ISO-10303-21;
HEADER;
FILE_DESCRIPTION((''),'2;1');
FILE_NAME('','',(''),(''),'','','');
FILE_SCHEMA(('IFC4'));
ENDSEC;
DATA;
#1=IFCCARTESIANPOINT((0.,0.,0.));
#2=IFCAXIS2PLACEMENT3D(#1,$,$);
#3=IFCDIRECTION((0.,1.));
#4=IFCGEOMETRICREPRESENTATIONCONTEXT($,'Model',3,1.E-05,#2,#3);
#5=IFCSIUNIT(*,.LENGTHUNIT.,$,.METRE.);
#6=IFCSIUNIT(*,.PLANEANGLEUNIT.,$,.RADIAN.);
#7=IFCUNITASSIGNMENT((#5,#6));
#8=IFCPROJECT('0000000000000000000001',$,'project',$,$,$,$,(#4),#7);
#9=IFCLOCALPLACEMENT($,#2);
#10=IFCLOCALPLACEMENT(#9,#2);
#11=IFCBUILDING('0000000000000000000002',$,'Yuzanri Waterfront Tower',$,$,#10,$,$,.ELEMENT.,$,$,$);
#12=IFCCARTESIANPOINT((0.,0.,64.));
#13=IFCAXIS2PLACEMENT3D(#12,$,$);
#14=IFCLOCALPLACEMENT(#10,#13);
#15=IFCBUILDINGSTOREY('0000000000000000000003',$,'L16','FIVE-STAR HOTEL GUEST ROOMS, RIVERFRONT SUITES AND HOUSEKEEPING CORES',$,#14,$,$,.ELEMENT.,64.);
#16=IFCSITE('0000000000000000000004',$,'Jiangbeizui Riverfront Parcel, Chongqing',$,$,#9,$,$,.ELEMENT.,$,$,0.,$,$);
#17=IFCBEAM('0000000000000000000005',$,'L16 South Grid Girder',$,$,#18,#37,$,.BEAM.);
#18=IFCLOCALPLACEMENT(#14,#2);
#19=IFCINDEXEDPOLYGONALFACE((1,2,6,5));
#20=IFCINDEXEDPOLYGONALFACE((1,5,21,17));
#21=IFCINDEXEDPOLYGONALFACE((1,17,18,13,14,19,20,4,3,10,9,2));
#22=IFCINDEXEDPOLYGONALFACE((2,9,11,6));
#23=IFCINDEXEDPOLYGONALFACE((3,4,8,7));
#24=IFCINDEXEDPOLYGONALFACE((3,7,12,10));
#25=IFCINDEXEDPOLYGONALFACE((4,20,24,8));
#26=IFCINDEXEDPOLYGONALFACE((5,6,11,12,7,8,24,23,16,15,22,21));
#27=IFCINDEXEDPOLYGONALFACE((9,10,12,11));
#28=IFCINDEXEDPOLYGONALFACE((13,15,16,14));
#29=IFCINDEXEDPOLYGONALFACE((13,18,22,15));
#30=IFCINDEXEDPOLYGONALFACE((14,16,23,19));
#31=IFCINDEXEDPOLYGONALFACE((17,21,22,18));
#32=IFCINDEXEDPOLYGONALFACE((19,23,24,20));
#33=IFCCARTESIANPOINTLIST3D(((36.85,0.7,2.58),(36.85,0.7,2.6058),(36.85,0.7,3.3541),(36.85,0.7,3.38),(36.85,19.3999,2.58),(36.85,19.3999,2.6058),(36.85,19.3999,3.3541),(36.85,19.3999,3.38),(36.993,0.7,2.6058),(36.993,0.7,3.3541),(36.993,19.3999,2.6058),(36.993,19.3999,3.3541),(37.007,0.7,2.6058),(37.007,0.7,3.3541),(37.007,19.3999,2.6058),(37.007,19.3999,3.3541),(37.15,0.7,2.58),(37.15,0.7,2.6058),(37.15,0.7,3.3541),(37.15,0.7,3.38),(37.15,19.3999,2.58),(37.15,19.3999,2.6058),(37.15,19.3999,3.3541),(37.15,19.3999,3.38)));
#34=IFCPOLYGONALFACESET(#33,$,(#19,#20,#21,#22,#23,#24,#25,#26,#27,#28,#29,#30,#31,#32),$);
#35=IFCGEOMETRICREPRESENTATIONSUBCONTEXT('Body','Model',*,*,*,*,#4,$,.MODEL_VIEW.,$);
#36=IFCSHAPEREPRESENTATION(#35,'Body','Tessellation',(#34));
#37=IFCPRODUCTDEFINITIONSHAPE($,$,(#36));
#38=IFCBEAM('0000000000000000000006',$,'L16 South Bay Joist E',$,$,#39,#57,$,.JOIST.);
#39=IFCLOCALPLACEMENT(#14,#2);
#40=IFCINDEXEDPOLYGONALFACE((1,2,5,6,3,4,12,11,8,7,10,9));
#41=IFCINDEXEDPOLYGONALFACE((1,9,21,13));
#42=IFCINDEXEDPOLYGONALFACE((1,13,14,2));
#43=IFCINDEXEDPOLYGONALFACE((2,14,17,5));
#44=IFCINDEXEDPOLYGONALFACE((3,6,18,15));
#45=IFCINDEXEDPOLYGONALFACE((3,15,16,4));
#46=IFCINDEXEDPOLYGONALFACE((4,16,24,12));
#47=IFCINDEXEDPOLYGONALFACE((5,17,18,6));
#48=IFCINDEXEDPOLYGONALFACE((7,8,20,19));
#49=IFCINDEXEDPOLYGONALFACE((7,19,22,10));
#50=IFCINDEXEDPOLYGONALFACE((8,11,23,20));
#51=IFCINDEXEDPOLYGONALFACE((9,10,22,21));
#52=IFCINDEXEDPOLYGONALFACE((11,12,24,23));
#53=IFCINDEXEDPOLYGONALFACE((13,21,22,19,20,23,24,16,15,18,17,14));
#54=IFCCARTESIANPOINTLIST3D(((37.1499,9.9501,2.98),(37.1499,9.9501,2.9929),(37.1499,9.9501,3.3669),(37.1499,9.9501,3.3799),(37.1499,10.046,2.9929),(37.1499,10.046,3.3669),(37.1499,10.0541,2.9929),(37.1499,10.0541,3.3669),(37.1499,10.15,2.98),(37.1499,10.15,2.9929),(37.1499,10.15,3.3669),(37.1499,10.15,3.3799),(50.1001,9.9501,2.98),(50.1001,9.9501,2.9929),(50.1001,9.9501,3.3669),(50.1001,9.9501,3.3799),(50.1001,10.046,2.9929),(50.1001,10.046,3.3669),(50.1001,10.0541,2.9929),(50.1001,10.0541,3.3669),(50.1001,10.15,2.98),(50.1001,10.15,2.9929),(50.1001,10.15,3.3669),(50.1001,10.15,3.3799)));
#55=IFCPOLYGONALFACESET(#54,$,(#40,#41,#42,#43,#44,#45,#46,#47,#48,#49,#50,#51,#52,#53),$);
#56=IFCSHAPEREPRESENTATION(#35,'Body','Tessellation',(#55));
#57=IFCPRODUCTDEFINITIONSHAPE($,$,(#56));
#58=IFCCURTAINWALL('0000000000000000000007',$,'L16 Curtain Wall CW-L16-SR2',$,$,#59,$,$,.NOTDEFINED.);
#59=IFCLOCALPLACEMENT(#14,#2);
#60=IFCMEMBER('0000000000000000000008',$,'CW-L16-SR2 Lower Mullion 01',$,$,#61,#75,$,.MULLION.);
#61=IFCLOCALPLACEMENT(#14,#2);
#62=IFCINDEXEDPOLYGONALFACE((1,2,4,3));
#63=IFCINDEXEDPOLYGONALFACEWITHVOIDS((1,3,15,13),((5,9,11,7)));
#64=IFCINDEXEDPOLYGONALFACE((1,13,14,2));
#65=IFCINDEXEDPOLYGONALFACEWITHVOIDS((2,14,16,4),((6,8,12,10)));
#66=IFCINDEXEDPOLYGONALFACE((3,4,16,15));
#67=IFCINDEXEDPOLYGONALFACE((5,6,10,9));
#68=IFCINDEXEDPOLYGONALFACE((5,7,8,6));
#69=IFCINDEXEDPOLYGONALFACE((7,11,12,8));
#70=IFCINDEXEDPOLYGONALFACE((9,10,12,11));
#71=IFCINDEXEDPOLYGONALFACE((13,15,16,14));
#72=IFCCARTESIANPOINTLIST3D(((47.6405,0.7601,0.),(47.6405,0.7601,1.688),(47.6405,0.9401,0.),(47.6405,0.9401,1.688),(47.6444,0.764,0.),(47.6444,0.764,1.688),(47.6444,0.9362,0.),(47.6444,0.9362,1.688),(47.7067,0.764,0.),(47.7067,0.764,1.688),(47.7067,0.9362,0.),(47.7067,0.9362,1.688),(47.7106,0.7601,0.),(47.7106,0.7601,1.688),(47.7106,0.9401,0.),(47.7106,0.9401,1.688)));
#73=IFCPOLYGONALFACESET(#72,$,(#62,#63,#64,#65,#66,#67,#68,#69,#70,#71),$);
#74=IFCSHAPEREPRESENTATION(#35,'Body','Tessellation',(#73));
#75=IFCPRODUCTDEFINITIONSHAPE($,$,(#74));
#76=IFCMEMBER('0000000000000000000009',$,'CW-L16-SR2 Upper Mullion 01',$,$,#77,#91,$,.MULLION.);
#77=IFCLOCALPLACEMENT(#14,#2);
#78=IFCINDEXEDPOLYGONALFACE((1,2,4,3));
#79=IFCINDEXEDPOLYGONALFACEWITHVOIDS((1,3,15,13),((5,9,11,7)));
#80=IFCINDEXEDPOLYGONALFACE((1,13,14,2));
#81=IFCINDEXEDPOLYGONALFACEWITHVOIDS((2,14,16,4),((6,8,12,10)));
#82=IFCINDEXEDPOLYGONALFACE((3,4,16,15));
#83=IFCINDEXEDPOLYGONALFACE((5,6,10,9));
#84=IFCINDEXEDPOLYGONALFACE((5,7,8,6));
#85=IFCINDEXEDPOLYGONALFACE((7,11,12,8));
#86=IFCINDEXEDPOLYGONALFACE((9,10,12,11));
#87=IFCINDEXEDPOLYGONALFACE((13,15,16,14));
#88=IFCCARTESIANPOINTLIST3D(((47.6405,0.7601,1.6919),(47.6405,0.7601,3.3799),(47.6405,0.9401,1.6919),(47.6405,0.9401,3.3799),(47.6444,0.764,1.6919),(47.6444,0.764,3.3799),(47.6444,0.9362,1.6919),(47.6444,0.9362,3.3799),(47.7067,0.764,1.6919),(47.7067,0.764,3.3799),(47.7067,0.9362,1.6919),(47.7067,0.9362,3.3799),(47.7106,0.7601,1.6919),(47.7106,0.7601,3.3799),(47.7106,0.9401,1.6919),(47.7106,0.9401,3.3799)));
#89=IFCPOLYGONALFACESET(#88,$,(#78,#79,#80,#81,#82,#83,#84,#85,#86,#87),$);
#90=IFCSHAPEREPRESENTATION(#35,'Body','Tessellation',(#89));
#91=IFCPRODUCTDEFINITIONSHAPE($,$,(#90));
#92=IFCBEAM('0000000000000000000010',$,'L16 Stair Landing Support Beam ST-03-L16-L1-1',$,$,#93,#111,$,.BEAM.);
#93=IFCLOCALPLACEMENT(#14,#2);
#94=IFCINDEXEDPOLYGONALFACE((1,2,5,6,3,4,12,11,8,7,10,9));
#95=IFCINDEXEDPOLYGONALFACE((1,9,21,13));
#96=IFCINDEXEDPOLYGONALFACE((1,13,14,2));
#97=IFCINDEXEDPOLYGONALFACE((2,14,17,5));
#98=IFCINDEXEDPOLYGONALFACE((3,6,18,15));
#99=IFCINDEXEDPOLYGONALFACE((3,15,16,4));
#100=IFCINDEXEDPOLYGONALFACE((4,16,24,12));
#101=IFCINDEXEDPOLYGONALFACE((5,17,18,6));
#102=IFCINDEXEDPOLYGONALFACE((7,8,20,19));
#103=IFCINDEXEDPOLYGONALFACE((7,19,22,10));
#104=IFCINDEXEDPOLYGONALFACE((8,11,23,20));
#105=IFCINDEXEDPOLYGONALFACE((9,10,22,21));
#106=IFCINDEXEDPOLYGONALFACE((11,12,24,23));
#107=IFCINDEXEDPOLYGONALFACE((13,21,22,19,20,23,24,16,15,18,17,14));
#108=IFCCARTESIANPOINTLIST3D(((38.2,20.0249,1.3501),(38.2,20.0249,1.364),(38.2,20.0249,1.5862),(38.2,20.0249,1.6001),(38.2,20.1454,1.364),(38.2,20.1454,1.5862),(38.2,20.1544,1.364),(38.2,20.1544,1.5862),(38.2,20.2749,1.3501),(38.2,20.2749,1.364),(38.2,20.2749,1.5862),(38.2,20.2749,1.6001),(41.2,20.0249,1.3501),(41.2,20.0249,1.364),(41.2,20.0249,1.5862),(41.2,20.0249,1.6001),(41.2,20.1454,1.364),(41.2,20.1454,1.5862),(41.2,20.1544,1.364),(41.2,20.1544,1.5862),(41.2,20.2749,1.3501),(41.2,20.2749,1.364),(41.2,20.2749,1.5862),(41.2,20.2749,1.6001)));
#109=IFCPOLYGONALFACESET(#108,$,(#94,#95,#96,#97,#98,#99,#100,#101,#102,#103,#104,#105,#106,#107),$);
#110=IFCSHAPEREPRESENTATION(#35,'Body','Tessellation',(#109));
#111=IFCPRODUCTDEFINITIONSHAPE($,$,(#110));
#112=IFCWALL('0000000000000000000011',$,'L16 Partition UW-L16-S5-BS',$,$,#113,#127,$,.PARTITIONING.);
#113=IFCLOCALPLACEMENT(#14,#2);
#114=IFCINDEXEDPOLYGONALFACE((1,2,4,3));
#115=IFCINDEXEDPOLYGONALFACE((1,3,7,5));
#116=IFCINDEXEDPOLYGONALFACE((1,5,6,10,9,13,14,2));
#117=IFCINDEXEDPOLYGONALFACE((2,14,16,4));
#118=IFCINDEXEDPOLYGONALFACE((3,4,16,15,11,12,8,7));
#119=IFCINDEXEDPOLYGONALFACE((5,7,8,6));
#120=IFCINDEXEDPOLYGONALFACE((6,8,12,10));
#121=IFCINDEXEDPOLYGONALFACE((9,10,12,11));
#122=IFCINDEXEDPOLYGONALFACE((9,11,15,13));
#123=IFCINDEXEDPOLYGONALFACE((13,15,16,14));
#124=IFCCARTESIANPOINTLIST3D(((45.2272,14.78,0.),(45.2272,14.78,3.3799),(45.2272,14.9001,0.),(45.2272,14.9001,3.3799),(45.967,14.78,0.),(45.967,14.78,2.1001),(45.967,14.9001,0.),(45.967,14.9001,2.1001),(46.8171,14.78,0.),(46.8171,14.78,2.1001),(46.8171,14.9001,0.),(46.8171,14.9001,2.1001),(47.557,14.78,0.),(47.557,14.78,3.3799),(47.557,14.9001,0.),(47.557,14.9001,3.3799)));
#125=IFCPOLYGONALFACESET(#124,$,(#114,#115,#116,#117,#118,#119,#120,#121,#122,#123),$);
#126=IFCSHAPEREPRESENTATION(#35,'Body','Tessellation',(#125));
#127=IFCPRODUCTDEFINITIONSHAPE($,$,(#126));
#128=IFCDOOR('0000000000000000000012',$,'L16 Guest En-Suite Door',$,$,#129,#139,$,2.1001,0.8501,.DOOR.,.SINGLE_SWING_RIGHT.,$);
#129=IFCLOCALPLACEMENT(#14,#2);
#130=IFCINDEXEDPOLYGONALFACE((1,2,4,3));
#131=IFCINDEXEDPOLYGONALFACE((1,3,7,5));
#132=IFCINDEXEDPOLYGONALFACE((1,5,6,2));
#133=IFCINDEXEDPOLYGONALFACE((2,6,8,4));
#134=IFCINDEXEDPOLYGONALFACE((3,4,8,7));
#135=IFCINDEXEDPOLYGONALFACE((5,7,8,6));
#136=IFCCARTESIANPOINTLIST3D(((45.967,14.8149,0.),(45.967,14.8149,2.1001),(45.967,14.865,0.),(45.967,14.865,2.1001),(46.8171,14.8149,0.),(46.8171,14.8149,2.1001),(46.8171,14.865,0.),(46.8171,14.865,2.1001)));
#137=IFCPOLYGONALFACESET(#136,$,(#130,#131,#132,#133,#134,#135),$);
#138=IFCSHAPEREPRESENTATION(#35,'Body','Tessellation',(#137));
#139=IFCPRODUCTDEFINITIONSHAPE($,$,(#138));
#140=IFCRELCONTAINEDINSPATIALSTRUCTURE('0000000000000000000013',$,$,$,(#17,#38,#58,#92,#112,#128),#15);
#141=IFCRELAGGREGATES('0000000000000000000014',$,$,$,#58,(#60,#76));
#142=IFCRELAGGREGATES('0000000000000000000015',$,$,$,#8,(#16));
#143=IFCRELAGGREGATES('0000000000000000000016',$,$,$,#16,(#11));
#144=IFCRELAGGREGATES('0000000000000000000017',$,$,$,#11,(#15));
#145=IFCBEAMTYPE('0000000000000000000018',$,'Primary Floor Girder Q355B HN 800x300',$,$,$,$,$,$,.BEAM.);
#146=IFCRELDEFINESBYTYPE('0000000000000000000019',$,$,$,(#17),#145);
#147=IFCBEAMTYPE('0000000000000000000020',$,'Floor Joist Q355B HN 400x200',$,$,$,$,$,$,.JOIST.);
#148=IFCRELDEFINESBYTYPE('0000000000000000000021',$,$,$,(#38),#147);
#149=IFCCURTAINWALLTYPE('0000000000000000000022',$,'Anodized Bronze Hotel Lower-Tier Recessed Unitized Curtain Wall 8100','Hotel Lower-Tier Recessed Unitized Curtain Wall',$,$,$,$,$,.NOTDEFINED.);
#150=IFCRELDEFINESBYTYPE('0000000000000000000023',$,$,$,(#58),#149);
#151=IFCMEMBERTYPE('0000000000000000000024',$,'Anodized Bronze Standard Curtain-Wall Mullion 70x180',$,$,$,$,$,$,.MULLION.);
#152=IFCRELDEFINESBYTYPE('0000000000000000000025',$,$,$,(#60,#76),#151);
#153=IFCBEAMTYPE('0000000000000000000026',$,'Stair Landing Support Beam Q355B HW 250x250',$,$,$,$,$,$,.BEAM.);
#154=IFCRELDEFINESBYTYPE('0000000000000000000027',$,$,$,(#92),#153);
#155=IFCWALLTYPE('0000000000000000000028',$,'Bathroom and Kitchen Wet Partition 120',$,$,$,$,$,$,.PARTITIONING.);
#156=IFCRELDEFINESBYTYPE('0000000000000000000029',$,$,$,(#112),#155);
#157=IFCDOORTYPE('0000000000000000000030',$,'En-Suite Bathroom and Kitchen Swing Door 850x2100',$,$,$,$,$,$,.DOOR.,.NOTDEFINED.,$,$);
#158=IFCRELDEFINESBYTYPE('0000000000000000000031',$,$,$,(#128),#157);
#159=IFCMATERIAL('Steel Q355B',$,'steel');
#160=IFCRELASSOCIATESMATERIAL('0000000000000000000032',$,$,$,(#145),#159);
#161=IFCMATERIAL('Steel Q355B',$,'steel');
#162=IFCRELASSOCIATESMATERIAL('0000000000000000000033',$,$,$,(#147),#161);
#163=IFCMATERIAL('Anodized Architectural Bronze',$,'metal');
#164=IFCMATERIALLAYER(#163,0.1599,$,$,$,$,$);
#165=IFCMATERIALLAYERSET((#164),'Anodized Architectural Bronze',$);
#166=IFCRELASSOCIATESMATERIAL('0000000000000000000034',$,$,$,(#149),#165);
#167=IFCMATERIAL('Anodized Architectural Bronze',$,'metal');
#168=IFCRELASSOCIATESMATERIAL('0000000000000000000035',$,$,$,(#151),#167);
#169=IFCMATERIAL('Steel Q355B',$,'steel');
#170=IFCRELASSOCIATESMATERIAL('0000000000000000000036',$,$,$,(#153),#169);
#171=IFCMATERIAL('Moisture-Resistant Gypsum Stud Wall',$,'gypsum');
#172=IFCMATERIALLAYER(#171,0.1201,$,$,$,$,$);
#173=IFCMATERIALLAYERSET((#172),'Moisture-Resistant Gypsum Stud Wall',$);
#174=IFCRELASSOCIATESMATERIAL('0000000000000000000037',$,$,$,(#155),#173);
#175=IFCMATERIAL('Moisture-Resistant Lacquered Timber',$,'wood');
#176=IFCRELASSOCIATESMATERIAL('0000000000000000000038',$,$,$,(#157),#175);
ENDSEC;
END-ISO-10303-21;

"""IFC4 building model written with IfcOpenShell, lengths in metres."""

from ifc_helpers import new_model, si_unit, direction, frame, frame_2d, origin, origin_2d, place, context, subcontext, project, spatial, rectangle, hollow_rectangle, i_section, extrude, source, transform, mapped, material, layer, layer_set, material_profile, profile_set, type_object, element, fill, aggregate, save


model = new_model("IFC4")

# Units and contexts
model_context = context("Model", 3, precision=1e-05, world=origin(), true_north=direction((0.0, 1.0)))
body_context = subcontext(model_context, "Body", "Model", "MODEL_VIEW")
ifc_project = project(units=[si_unit("LENGTHUNIT", "METRE"), si_unit("PLANEANGLEUNIT", "RADIAN")], contexts=[model_context])

# Site, building, storey
site_placement = place(None, origin())
site = spatial("IfcSite", under=ifc_project, at=site_placement, Name="Jiangbeizui Riverfront Parcel, Chongqing", CompositionType="ELEMENT", RefElevation=0.0)
building_placement = place(site_placement, origin())
building = spatial("IfcBuilding", under=site, at=building_placement, Name="Yuzanri Waterfront Tower", CompositionType="ELEMENT")
storey_placement = place(building_placement, frame((0.0, 0.0, 64.0)))
storey = spatial("IfcBuildingStorey", under=building, at=storey_placement, Name="L16", Description="FIVE-STAR HOTEL GUEST ROOMS, RIVERFRONT SUITES AND HOUSEKEEPING CORES", CompositionType="ELEMENT", Elevation=64.0)

# Beams
ifc_material_1 = material(Name="Steel Q355B", Category="steel")
ifc_material_profile_1 = material_profile(ifc_material_1, i_section(OverallWidth=0.3, OverallDepth=0.8, WebThickness=0.0139, FlangeThickness=0.0259, at=origin_2d()), Name="HN 800x300x14x26")
ifc_profile_set_1 = profile_set([ifc_material_profile_1], Name="Steel Q355B")
beam_type_1 = type_object("IfcBeamType", Name="Primary Floor Girder Q355B HN 800x300", PredefinedType="BEAM", material=ifc_profile_set_1)
shared_shape_1 = source(origin(), body_context, "Body", "SweptSolid", [
    extrude(i_section(OverallWidth=0.3, OverallDepth=0.8, WebThickness=0.0139, FlangeThickness=0.0259, at=origin_2d()), origin(), (0.0, 0.0, 1.0), 18.7),
])
beam_1_placement = place(storey_placement, frame((37.0, 19.3999, 2.98), z_axis=(0.0, -1.0, 0.0), x_axis=(1.0, 0.0, 0.0)))
element("IfcBeam", 1, at=beam_1_placement, inside=storey, type_object=beam_type_1, Name="L16 South Grid Girder", PredefinedType="BEAM", context=body_context, shape_type="MappedRepresentation", body=[
    mapped(shared_shape_1, transform((0.0, 0.0, 0.0), scale=1.0)),
])
ifc_material_2 = material(Name="Steel Q355B", Category="steel")
ifc_material_profile_2 = material_profile(ifc_material_2, i_section(OverallWidth=0.2, OverallDepth=0.3999, WebThickness=0.0081, FlangeThickness=0.0129, at=origin_2d()), Name="HN 400x200x8x13")
ifc_profile_set_2 = profile_set([ifc_material_profile_2], Name="Steel Q355B")
beam_type_2 = type_object("IfcBeamType", Name="Floor Joist Q355B HN 400x200", PredefinedType="JOIST", material=ifc_profile_set_2)
shared_shape_2 = source(origin(), body_context, "Body", "SweptSolid", [
    extrude(i_section(OverallWidth=0.2, OverallDepth=0.3999, WebThickness=0.0081, FlangeThickness=0.0129, at=origin_2d()), origin(), (0.0, 0.0, 1.0), 12.9502),
])
beam_2_placement = place(storey_placement, frame((37.1499, 10.05, 3.1799), z_axis=(1.0, 0.0, 0.0), x_axis=(0.0, 1.0, 0.0)))
element("IfcBeam", 2, at=beam_2_placement, inside=storey, type_object=beam_type_2, Name="L16 South Bay Joist E", PredefinedType="JOIST", context=body_context, shape_type="MappedRepresentation", body=[
    mapped(shared_shape_2, transform((0.0, 0.0, 0.0), scale=1.0)),
])

# Curtain wall, members
ifc_material_3 = material(Name="Anodized Architectural Bronze", Category="metal")
ifc_layer_1 = layer(ifc_material_3, 0.1599)
ifc_layer_set_1 = layer_set([ifc_layer_1], Name="Anodized Architectural Bronze")
curtain_wall_type = type_object("IfcCurtainWallType", Name="Anodized Bronze Hotel Lower-Tier Recessed Unitized Curtain Wall 8100", Description="Hotel Lower-Tier Recessed Unitized Curtain Wall", PredefinedType="NOTDEFINED", material=ifc_layer_set_1)
curtain_wall_placement = place(storey_placement, origin())
curtain_wall = element("IfcCurtainWall", 3, at=curtain_wall_placement, inside=storey, type_object=curtain_wall_type, Name="L16 Curtain Wall CW-L16-SR2", PredefinedType="NOTDEFINED")
ifc_material_4 = material(Name="Anodized Architectural Bronze", Category="metal")
ifc_material_profile_3 = material_profile(ifc_material_4, hollow_rectangle(XDim=0.0701, YDim=0.1799, WallThickness=0.0039, at=origin_2d()), Name="CWM 70x180")
ifc_profile_set_3 = profile_set([ifc_material_profile_3], Name="Anodized Architectural Bronze")
member_type = type_object("IfcMemberType", Name="Anodized Bronze Standard Curtain-Wall Mullion 70x180", PredefinedType="MULLION", material=ifc_profile_set_3)
shared_shape_3 = source(origin(), body_context, "Body", "SweptSolid", [
    extrude(hollow_rectangle(XDim=0.0701, YDim=0.1799, WallThickness=0.0039, at=origin_2d()), origin(), (0.0, 0.0, 1.0), 1.688),
])
member_1_placement = place(storey_placement, frame((47.6755, 0.8501, 0.0), z_axis=(0.0, 0.0, 1.0), x_axis=(1.0, 0.0, 0.0)))
member_1 = element("IfcMember", 4, at=member_1_placement, type_object=member_type, Name="CW-L16-SR2 Lower Mullion 01", PredefinedType="MULLION", context=body_context, shape_type="MappedRepresentation", body=[
    mapped(shared_shape_3, transform((0.0, 0.0, 0.0), scale=1.0)),
])
member_2_placement = place(storey_placement, frame((47.6755, 0.8501, 1.6919), z_axis=(0.0, 0.0, 1.0), x_axis=(1.0, 0.0, 0.0)))
member_2 = element("IfcMember", 5, at=member_2_placement, type_object=member_type, Name="CW-L16-SR2 Upper Mullion 01", PredefinedType="MULLION", context=body_context, shape_type="MappedRepresentation", body=[
    mapped(shared_shape_3, transform((0.0, 0.0, 0.0), scale=1.0)),
])
aggregate(curtain_wall, [member_1, member_2])

# Beam
ifc_material_5 = material(Name="Steel Q355B", Category="steel")
ifc_material_profile_4 = material_profile(ifc_material_5, i_section(OverallWidth=0.25, OverallDepth=0.25, WebThickness=0.009, FlangeThickness=0.0139, at=origin_2d()), Name="HW 250x250x9x14")
ifc_profile_set_4 = profile_set([ifc_material_profile_4], Name="Steel Q355B")
beam_type_3 = type_object("IfcBeamType", Name="Stair Landing Support Beam Q355B HW 250x250", PredefinedType="BEAM", material=ifc_profile_set_4)
shared_shape_4 = source(origin(), body_context, "Body", "SweptSolid", [
    extrude(i_section(OverallWidth=0.25, OverallDepth=0.25, WebThickness=0.009, FlangeThickness=0.0139, at=origin_2d()), origin(), (0.0, 0.0, 1.0), 3.0),
])
beam_3_placement = place(storey_placement, frame((38.2, 20.1499, 1.4751), z_axis=(1.0, 0.0, 0.0), x_axis=(0.0, 1.0, 0.0)))
element("IfcBeam", 6, at=beam_3_placement, inside=storey, type_object=beam_type_3, Name="L16 Stair Landing Support Beam ST-03-L16-L1-1", PredefinedType="BEAM", context=body_context, shape_type="MappedRepresentation", body=[
    mapped(shared_shape_4, transform((0.0, 0.0, 0.0), scale=1.0)),
])

# Wall, opening, door
ifc_material_6 = material(Name="Moisture-Resistant Gypsum Stud Wall", Category="gypsum")
ifc_layer_2 = layer(ifc_material_6, 0.1201)
ifc_layer_set_2 = layer_set([ifc_layer_2], Name="Moisture-Resistant Gypsum Stud Wall")
wall_type_1 = type_object("IfcWallType", Name="Bathroom and Kitchen Wet Partition 120", PredefinedType="PARTITIONING", material=ifc_layer_set_2)
wall_1_placement = place(storey_placement, frame((45.2271, 14.8401, 0.0), z_axis=(0.0, 0.0, 1.0), x_axis=(1.0, 0.0, 0.0)))
wall_1 = element("IfcWall", 7, at=wall_1_placement, inside=storey, type_object=wall_type_1, Name="L16 Partition UW-L16-S5-BS", PredefinedType="PARTITIONING", context=body_context, shape_type="SweptSolid", body=[
    extrude(rectangle(XDim=2.3298, YDim=0.1201, at=frame_2d((1.165, 0.0))), origin(), (0.0, 0.0, 1.0), 3.3799),
])
opening_1_placement = place(wall_1_placement, frame((0.74, 0.0, 0.0)))
opening_1 = element("IfcOpeningElement", 8, at=opening_1_placement, cuts=wall_1, PredefinedType="OPENING", context=body_context, shape_type="SweptSolid", body=[
    extrude(rectangle(XDim=0.8501, YDim=2.1001, at=frame_2d((0.425, 1.05))), frame((0.0, 0.075, 0.0), z_axis=(0.0, -1.0, 0.0), x_axis=(1.0, 0.0, 0.0)), (0.0, 0.0, 1.0), 0.1499),
])
ifc_material_7 = material(Name="Moisture-Resistant Lacquered Timber", Category="wood")
door_type_1 = type_object("IfcDoorType", Name="En-Suite Bathroom and Kitchen Swing Door 850x2100", OperationType="NOTDEFINED", PredefinedType="DOOR", material=ifc_material_7)
shared_shape_5 = source(origin(), body_context, "Body", "SweptSolid", [
    extrude(rectangle(XDim=0.8501, YDim=2.1001, at=frame_2d((0.425, 1.05))), frame((0.0, 0.0249, 0.0), z_axis=(0.0, -1.0, 0.0), x_axis=(1.0, 0.0, 0.0)), (0.0, 0.0, 1.0), 0.05),
])
door_1_placement = place(opening_1_placement, origin())
door_1 = element("IfcDoor", 9, at=door_1_placement, inside=storey, type_object=door_type_1, Name="L16 Guest En-Suite Door", OperationType="SINGLE_SWING_RIGHT", OverallHeight=2.1001, OverallWidth=0.8501, PredefinedType="DOOR", context=body_context, shape_type="MappedRepresentation", body=[
    mapped(shared_shape_5, transform((0.0, 0.0, 0.0), scale=1.0)),
])
fill(opening_1, door_1)

save(model, "model.ifc")
